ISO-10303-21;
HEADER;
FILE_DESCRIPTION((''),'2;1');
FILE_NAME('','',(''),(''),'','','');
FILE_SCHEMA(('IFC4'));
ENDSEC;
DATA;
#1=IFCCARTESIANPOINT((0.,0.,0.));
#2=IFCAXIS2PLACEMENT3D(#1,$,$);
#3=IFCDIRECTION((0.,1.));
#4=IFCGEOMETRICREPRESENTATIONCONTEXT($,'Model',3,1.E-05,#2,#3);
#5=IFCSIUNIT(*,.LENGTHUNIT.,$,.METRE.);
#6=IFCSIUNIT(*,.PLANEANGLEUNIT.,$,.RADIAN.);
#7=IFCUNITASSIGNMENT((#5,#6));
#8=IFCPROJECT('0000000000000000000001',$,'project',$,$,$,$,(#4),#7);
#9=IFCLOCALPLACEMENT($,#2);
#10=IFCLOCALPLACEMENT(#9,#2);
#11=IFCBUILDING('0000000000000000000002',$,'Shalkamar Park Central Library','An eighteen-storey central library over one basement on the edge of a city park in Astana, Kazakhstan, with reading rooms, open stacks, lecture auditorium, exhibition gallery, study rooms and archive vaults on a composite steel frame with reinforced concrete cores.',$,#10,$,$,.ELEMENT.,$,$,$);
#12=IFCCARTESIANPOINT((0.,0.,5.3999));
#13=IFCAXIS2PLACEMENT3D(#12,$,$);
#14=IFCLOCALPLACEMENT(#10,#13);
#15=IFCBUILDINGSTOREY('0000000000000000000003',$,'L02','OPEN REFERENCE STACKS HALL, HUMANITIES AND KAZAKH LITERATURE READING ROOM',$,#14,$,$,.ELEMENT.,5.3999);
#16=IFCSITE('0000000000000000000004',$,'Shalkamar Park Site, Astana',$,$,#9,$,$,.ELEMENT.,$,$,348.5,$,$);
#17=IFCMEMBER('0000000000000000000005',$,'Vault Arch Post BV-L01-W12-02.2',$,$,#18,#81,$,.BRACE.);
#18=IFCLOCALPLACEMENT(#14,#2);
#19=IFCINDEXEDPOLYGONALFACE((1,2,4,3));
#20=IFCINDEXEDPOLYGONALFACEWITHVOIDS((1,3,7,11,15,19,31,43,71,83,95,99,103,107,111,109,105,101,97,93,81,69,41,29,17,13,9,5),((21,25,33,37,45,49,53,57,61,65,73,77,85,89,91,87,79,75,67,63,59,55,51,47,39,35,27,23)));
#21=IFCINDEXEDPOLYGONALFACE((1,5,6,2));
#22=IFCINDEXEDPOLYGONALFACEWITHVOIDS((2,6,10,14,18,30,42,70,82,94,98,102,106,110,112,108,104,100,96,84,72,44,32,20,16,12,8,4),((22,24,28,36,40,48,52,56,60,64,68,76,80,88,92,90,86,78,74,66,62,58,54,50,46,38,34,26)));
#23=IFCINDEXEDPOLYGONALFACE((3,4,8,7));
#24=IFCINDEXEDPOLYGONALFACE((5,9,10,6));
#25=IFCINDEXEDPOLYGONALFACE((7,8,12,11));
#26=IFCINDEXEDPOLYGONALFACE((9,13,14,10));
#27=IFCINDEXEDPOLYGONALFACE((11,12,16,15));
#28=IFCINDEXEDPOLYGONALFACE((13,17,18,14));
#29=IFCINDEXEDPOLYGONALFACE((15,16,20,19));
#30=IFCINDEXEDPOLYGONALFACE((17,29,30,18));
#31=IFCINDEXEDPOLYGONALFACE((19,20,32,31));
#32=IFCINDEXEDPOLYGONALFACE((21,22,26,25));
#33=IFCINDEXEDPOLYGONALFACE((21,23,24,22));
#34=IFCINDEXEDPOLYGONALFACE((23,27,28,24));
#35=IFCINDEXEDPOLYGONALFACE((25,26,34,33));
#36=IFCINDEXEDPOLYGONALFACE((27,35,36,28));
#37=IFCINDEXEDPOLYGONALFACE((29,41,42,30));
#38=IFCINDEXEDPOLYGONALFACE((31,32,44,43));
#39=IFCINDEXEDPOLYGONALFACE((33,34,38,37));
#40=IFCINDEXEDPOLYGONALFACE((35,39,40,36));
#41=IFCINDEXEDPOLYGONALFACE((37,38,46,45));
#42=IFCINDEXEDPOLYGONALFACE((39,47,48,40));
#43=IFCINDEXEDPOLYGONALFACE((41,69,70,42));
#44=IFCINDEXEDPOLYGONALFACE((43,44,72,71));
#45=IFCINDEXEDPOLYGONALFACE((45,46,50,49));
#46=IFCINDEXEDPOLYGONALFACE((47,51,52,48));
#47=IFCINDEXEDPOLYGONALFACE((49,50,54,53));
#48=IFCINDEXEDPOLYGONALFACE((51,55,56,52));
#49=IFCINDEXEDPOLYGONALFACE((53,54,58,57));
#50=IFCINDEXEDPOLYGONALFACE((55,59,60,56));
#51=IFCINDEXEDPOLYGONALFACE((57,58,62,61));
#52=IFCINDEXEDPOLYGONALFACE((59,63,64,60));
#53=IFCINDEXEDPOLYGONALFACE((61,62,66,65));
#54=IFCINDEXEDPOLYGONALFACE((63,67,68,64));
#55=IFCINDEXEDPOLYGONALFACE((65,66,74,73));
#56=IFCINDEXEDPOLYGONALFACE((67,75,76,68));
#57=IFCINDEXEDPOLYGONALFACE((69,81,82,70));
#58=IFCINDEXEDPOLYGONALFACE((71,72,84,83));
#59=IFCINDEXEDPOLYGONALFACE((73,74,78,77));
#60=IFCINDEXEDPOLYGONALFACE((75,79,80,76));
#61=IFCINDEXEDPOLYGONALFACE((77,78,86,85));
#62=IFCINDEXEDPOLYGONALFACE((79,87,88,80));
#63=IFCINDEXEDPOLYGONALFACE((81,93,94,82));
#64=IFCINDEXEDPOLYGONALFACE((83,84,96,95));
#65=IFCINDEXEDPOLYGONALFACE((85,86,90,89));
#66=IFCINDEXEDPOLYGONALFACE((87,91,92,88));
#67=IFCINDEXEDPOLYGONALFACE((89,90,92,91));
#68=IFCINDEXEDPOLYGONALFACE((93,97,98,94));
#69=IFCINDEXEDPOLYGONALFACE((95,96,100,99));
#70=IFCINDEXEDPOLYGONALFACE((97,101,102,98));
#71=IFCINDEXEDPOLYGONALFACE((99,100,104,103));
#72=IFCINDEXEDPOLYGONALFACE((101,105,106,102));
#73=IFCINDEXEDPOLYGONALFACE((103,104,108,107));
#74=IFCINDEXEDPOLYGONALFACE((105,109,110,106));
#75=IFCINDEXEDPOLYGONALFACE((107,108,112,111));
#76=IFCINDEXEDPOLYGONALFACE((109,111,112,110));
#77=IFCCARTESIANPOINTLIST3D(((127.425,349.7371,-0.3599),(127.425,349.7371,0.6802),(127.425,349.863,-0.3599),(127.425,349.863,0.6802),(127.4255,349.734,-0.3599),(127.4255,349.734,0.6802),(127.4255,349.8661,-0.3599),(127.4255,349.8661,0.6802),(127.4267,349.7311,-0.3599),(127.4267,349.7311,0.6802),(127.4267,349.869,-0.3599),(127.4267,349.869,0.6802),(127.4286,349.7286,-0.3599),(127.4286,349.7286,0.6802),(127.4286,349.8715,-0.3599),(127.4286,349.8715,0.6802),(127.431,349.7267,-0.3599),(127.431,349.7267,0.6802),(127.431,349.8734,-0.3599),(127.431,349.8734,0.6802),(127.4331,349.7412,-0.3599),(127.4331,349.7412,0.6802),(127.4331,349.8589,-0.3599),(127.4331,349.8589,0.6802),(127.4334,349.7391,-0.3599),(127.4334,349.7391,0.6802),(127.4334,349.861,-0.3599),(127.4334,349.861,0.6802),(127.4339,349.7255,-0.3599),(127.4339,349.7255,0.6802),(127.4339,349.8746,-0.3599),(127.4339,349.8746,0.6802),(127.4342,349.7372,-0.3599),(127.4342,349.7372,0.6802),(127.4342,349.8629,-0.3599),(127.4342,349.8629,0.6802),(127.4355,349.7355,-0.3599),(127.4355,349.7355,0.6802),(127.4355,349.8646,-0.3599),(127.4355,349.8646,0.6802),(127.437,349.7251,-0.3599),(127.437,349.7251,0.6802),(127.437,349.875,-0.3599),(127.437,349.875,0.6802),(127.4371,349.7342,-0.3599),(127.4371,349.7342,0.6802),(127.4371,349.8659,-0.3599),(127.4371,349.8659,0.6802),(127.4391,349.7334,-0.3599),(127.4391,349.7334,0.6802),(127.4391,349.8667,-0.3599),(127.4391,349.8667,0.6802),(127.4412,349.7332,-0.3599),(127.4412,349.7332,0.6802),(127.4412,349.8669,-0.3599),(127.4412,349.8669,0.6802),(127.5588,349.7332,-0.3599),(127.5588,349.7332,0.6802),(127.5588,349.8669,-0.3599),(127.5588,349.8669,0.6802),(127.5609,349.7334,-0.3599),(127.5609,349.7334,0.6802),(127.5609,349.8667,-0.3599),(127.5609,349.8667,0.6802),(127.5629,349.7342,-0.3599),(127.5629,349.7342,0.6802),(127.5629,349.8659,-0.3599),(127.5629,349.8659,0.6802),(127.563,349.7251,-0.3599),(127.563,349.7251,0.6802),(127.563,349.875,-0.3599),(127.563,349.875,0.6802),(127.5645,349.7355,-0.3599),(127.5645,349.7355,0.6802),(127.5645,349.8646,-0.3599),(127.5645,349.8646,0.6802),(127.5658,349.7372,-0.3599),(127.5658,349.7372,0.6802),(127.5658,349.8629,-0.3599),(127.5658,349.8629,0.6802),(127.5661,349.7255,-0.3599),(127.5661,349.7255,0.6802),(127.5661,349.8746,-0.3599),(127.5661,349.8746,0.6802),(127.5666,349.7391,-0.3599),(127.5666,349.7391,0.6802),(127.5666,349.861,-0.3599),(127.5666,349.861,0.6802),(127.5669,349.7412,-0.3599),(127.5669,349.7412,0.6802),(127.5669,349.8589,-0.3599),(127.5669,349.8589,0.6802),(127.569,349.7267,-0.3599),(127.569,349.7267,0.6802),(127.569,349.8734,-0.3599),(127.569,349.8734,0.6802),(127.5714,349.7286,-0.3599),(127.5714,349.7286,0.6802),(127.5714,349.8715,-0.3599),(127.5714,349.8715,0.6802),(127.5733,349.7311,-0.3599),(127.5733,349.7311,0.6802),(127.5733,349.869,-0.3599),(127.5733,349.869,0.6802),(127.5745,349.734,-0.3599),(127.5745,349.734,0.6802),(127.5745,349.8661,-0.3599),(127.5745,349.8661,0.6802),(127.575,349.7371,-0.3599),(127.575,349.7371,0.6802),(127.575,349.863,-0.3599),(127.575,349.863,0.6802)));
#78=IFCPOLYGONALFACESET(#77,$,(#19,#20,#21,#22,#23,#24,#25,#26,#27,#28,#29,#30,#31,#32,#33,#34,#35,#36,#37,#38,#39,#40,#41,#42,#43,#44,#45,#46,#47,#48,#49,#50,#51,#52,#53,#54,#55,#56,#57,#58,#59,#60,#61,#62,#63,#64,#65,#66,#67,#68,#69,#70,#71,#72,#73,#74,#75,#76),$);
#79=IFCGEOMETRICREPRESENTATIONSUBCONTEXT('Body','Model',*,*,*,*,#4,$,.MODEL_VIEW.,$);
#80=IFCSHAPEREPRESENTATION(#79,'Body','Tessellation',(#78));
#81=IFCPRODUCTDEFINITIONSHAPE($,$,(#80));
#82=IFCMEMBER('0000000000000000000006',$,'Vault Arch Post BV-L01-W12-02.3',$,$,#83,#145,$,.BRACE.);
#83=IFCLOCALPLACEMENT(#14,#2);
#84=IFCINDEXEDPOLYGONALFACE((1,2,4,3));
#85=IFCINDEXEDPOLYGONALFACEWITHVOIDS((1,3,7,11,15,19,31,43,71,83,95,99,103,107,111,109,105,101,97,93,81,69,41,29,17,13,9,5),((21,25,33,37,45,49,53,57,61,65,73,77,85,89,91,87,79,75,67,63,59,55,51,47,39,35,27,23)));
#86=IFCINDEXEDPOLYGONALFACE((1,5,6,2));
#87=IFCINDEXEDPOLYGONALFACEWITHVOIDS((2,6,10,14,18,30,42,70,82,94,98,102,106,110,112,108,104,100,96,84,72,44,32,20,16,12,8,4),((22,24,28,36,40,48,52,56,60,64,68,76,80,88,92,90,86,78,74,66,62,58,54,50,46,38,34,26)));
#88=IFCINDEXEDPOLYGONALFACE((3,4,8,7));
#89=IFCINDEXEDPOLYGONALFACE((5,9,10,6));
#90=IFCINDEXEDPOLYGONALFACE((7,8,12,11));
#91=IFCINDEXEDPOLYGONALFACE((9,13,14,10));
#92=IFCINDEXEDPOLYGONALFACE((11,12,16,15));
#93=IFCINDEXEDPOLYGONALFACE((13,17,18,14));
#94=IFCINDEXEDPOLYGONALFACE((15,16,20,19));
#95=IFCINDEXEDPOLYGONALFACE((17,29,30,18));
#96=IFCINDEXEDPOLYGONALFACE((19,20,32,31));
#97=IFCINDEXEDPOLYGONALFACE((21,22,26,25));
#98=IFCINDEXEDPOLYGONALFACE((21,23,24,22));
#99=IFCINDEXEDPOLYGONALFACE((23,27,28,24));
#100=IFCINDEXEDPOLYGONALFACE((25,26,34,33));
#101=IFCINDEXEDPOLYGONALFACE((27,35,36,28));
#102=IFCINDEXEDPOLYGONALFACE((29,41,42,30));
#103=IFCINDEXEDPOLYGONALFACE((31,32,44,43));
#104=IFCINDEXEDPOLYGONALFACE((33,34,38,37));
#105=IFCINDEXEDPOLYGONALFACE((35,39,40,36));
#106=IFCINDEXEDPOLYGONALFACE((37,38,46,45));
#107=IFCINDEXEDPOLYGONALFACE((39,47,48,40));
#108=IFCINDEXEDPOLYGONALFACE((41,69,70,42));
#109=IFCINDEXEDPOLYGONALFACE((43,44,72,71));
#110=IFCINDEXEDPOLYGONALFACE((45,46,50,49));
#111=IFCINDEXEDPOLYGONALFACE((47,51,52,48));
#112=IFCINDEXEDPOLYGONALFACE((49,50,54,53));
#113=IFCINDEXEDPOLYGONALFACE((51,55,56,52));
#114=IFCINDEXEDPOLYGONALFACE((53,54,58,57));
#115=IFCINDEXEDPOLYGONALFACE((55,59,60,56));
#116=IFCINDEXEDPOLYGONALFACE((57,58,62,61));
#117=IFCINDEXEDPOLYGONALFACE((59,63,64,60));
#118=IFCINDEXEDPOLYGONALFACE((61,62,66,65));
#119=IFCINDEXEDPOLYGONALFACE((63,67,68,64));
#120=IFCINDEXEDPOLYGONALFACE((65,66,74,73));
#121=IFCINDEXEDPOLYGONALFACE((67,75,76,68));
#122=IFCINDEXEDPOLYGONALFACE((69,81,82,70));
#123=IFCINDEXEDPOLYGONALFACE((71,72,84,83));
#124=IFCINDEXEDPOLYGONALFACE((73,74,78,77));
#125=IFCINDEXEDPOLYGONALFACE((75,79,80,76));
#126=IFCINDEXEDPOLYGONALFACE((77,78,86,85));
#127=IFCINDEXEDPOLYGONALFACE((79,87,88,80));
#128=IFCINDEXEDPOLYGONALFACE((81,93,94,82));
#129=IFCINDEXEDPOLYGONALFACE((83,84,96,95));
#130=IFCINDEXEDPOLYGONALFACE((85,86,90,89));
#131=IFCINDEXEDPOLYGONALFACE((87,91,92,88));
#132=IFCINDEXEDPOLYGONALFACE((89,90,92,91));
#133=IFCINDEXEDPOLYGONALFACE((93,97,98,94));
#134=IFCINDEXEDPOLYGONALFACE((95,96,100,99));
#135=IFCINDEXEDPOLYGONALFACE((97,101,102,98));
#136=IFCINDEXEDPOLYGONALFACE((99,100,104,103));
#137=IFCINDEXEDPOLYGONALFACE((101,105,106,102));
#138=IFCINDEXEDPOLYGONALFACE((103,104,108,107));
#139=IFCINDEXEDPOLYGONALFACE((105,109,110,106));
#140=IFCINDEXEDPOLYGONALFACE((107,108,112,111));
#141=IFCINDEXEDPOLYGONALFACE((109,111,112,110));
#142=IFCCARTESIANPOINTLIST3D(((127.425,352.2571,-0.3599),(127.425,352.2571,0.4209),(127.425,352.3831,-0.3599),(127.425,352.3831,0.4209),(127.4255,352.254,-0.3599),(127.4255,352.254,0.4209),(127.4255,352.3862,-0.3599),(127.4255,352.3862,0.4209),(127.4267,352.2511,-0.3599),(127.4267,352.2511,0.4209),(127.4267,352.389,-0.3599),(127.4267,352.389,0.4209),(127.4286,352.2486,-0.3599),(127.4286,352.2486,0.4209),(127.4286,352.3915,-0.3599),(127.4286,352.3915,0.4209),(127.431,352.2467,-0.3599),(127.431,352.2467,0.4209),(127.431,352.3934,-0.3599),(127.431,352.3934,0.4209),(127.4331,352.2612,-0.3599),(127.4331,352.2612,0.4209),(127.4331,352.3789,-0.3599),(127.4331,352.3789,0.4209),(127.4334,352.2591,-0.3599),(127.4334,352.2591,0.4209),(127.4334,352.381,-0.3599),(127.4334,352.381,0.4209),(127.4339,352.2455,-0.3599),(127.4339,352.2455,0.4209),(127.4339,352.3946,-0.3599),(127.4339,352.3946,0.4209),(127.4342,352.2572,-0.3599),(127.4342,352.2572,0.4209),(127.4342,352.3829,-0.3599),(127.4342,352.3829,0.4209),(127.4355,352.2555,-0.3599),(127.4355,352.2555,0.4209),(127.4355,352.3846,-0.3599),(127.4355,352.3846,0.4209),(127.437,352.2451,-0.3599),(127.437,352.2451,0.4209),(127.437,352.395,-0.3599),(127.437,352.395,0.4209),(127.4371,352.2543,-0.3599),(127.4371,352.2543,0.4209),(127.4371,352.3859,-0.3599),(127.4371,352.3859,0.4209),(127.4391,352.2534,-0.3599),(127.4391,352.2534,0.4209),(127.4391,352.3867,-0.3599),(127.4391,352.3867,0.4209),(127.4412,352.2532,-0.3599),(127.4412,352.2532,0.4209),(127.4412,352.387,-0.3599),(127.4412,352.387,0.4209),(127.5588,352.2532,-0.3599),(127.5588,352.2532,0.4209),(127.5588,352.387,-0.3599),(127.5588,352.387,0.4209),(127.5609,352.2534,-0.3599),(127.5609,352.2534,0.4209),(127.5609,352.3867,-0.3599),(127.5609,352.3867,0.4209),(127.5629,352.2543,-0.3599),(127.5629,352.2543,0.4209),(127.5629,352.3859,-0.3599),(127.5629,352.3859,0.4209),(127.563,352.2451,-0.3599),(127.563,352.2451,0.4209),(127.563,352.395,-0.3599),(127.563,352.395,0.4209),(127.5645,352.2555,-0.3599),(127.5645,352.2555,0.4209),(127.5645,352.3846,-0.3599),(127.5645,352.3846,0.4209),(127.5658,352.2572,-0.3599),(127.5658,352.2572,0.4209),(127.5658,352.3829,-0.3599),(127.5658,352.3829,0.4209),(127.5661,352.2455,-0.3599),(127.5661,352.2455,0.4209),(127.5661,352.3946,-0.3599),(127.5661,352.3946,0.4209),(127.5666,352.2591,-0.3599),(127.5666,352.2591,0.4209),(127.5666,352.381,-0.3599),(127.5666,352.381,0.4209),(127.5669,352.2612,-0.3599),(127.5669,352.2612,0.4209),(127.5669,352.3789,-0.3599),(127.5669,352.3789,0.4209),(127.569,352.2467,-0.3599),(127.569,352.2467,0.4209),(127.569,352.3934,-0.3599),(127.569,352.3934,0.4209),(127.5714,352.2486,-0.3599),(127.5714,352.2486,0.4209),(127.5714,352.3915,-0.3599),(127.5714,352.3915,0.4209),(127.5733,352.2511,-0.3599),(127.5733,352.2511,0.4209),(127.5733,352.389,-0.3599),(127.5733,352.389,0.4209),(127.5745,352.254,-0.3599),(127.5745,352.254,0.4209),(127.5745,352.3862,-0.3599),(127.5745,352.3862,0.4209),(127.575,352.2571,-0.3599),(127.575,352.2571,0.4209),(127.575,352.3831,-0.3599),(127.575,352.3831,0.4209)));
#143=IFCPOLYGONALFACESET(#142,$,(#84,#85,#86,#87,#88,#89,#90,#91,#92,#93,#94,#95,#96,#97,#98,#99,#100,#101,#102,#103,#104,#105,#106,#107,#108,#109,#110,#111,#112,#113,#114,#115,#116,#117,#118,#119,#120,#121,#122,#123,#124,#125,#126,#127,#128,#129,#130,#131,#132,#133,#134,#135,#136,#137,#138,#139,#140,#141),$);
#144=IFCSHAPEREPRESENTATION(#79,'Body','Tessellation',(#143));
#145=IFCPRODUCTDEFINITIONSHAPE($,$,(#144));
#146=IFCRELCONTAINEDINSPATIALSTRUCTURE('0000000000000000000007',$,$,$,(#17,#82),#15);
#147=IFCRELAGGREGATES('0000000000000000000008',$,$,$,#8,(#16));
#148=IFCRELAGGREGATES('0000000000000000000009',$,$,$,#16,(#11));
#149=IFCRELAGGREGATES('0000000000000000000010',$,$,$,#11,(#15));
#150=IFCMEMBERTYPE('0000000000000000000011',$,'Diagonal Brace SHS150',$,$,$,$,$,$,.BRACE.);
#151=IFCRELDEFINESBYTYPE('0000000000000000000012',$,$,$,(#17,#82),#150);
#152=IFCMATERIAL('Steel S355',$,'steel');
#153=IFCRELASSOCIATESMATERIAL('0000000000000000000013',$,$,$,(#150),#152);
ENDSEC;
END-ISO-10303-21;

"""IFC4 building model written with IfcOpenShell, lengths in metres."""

from ifc_helpers import new_model, si_unit, direction, frame, origin, origin_2d, place, context, subcontext, project, spatial, hollow_rectangle, extrude, material, material_profile, profile_set, type_object, element, save


model = new_model("IFC4")

# Units and contexts
model_context = context("Model", 3, precision=1e-05, world=origin(), true_north=direction((0.0, 1.0)))
body_context = subcontext(model_context, "Body", "Model", "MODEL_VIEW")
ifc_project = project(units=[si_unit("LENGTHUNIT", "METRE"), si_unit("PLANEANGLEUNIT", "RADIAN")], contexts=[model_context])

# Site, building, storey
site_placement = place(None, origin())
site = spatial("IfcSite", under=ifc_project, at=site_placement, Name="Shalkamar Park Site, Astana", CompositionType="ELEMENT", RefElevation=348.5)
building_placement = place(site_placement, origin())
building = spatial("IfcBuilding", under=site, at=building_placement, Name="Shalkamar Park Central Library", Description="An eighteen-storey central library over one basement on the edge of a city park in Astana, Kazakhstan, with reading rooms, open stacks, lecture auditorium, exhibition gallery, study rooms and archive vaults on a composite steel frame with reinforced concrete cores.", CompositionType="ELEMENT")
storey_placement = place(building_placement, frame((0.0, 0.0, 5.3999)))
storey = spatial("IfcBuildingStorey", under=building, at=storey_placement, Name="L02", Description="OPEN REFERENCE STACKS HALL, HUMANITIES AND KAZAKH LITERATURE READING ROOM", CompositionType="ELEMENT", Elevation=5.3999)

# Members
ifc_material_1 = material(Name="Steel S355", Category="steel")
ifc_material_profile_1 = material_profile(ifc_material_1, hollow_rectangle(XDim=0.1499, YDim=0.1499, WallThickness=0.0081, InnerFilletRadius=0.0081, OuterFilletRadius=0.012, at=origin_2d()), Name="SHS 150x150x8")
ifc_profile_set_1 = profile_set([ifc_material_profile_1], Name="Steel S355")
member_type_1 = type_object("IfcMemberType", Name="Diagonal Brace SHS150", PredefinedType="BRACE", material=ifc_profile_set_1)
member_1_placement = place(storey_placement, frame((127.5, 349.8, -0.3599), z_axis=(0.0, 0.0, 1.0), x_axis=(1.0, 0.0, 0.0)))
element("IfcMember", 1, at=member_1_placement, inside=storey, type_object=member_type_1, Name="Vault Arch Post BV-L01-W12-02.2", PredefinedType="BRACE", context=body_context, shape_type="SweptSolid", body=[
    extrude(hollow_rectangle(XDim=0.1499, YDim=0.1499, WallThickness=0.0081, InnerFilletRadius=0.0081, OuterFilletRadius=0.012, at=origin_2d()), origin(), (0.0, 0.0, 1.0), 1.04),
])
for number, where, z_axis, x_axis, name in (
    (2, (127.5, 352.3201, -0.3599), (0.0, 0.0, 1.0), (1.0, 0.0, 0.0), "Vault Arch Post BV-L01-W12-02.3"),
):
    element("IfcMember", number, at=place(storey_placement, frame(where, z_axis=z_axis, x_axis=x_axis)), inside=storey, type_object=member_type_1, Name=name, PredefinedType="BRACE", context=body_context, shape_type="SweptSolid", body=[
        extrude(hollow_rectangle(XDim=0.1499, YDim=0.1499, WallThickness=0.0081, InnerFilletRadius=0.0081, OuterFilletRadius=0.012, at=origin_2d()), origin(), (0.0, 0.0, 1.0), 0.7808),
    ])

save(model, "model.ifc")
